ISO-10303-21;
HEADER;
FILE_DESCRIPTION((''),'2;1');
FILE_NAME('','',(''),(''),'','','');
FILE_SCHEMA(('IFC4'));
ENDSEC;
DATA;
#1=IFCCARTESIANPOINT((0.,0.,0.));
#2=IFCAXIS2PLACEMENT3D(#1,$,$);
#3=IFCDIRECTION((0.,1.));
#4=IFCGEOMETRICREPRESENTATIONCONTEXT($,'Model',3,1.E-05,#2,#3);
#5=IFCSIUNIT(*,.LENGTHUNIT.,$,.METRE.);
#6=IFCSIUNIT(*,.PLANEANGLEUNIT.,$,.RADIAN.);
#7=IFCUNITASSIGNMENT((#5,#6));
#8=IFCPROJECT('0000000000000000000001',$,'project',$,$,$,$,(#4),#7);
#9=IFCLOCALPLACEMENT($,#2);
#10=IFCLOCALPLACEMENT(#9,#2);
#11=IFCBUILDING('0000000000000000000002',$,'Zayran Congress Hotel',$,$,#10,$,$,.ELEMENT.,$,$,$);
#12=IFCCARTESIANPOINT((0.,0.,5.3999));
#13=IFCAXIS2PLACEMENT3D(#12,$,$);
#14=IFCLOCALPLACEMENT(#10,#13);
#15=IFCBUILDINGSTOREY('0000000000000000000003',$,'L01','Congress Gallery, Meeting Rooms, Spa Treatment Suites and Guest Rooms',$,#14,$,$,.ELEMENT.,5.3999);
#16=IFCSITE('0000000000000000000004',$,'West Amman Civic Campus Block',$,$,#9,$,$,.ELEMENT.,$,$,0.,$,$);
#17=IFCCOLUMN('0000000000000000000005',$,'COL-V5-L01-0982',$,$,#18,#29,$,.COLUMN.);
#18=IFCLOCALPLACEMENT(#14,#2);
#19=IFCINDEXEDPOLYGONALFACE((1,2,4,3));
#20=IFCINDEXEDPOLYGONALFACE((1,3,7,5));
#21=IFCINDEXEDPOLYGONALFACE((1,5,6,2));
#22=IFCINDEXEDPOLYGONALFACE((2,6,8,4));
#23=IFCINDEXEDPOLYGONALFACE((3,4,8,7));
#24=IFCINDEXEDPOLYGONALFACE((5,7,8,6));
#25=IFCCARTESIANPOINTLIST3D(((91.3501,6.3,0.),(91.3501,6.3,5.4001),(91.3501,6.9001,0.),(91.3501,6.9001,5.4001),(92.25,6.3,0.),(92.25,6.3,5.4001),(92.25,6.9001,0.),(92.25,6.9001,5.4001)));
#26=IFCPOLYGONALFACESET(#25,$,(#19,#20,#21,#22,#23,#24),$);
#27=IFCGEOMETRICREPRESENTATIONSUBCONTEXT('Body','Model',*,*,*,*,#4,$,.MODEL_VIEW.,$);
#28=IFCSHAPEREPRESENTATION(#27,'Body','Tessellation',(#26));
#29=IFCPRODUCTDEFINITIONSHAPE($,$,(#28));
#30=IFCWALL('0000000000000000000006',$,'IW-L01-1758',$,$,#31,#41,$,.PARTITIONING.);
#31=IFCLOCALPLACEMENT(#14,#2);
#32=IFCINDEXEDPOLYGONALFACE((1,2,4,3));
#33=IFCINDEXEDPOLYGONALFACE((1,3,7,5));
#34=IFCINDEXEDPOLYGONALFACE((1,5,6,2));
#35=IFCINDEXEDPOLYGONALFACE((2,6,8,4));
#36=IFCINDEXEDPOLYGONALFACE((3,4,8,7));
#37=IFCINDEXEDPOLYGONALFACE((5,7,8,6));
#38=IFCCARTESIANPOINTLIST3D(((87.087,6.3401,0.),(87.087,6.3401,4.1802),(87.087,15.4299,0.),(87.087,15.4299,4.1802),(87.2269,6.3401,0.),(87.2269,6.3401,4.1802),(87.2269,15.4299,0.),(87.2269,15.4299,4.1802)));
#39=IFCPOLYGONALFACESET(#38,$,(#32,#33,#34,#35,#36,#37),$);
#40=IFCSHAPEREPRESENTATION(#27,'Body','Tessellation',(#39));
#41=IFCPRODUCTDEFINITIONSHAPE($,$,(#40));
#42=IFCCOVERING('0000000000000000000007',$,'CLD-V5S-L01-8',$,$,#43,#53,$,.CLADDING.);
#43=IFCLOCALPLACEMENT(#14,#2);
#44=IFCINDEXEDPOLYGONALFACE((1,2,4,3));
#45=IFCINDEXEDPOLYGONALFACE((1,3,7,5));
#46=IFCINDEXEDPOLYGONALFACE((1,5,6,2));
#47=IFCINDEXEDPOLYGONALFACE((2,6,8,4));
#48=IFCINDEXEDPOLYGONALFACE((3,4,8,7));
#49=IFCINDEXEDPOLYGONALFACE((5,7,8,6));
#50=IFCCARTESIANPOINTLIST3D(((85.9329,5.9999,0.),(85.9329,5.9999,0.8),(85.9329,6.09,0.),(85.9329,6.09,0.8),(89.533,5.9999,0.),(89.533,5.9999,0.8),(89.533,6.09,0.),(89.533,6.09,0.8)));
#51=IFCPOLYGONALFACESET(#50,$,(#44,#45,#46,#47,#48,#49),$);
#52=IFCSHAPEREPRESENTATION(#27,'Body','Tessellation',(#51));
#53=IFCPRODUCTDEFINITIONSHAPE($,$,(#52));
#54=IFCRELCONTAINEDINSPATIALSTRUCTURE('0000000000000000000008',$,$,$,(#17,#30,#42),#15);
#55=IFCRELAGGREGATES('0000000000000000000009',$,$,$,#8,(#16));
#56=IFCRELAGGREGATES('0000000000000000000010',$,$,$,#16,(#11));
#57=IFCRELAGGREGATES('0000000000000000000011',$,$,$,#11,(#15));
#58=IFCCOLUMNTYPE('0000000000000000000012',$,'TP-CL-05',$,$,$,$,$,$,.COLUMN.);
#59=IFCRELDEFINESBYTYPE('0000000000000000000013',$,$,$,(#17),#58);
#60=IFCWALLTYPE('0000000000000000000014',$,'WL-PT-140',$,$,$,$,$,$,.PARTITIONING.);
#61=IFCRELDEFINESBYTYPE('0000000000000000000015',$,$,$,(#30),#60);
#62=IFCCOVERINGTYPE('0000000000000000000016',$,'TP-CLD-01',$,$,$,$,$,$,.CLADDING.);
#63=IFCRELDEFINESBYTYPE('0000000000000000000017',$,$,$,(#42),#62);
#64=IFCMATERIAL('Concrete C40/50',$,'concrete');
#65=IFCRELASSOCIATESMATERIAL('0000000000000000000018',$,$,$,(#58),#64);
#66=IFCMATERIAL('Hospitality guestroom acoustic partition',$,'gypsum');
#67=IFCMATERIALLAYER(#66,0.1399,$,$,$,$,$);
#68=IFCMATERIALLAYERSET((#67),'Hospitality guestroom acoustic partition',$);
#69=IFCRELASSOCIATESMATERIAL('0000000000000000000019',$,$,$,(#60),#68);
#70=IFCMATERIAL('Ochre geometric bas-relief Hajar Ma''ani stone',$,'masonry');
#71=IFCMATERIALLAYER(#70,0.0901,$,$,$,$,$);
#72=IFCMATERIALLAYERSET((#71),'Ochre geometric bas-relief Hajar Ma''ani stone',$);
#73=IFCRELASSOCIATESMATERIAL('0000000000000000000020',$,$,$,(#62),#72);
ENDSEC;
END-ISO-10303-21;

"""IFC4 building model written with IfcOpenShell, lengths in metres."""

from ifc_helpers import new_model, si_unit, direction, frame, frame_2d, origin, origin_2d, place, context, subcontext, project, spatial, rectangle, extrude, material, layer, layer_set, material_profile, profile_set, type_object, element, save


model = new_model("IFC4")

# Units and contexts
model_context = context("Model", 3, precision=1e-05, world=origin(), true_north=direction((0.0, 1.0)))
body_context = subcontext(model_context, "Body", "Model", "MODEL_VIEW")
ifc_project = project(units=[si_unit("LENGTHUNIT", "METRE"), si_unit("PLANEANGLEUNIT", "RADIAN")], contexts=[model_context])

# Site, building, storey
site_placement = place(None, origin())
site = spatial("IfcSite", under=ifc_project, at=site_placement, Name="West Amman Civic Campus Block", CompositionType="ELEMENT", RefElevation=0.0)
building_placement = place(site_placement, origin())
building = spatial("IfcBuilding", under=site, at=building_placement, Name="Zayran Congress Hotel", CompositionType="ELEMENT")
storey_placement = place(building_placement, frame((0.0, 0.0, 5.3999)))
storey = spatial("IfcBuildingStorey", under=building, at=storey_placement, Name="L01", Description="Congress Gallery, Meeting Rooms, Spa Treatment Suites and Guest Rooms", CompositionType="ELEMENT", Elevation=5.3999)

# Column
ifc_material_1 = material(Name="Concrete C40/50", Category="concrete")
ifc_material_profile = material_profile(ifc_material_1, rectangle(XDim=0.6001, YDim=0.8999, at=origin_2d()), Name="RC 900x600")
ifc_profile_set = profile_set([ifc_material_profile], Name="Concrete C40/50")
column_type = type_object("IfcColumnType", Name="TP-CL-05", PredefinedType="COLUMN", material=ifc_profile_set)
column_placement = place(storey_placement, frame((91.8, 6.6001, 0.0), z_axis=(0.0, 0.0, 1.0), x_axis=(0.0, 1.0, 0.0)))
element("IfcColumn", 1, at=column_placement, inside=storey, type_object=column_type, Name="COL-V5-L01-0982", PredefinedType="COLUMN", context=body_context, shape_type="SweptSolid", body=[
    extrude(rectangle(XDim=0.6001, YDim=0.8999, at=origin_2d()), origin(), (0.0, 0.0, 1.0), 5.4001),
])

# Wall
ifc_material_2 = material(Name="Hospitality guestroom acoustic partition", Category="gypsum")
ifc_layer_1 = layer(ifc_material_2, 0.1399)
ifc_layer_set_1 = layer_set([ifc_layer_1], Name="Hospitality guestroom acoustic partition")
wall_type = type_object("IfcWallType", Name="WL-PT-140", PredefinedType="PARTITIONING", material=ifc_layer_set_1)
wall_placement = place(storey_placement, frame((87.157, 6.3401, 0.0), z_axis=(0.0, 0.0, 1.0), x_axis=(0.0, 1.0, 0.0)))
element("IfcWall", 2, at=wall_placement, inside=storey, type_object=wall_type, Name="IW-L01-1758", PredefinedType="PARTITIONING", context=body_context, shape_type="SweptSolid", body=[
    extrude(rectangle(XDim=9.0898, YDim=0.1399, at=frame_2d((4.5449, 0.0))), origin(), (0.0, 0.0, 1.0), 4.1802),
])

# Covering
ifc_material_3 = material(Name="Ochre geometric bas-relief Hajar Ma'ani stone", Category="masonry")
ifc_layer_2 = layer(ifc_material_3, 0.0901)
ifc_layer_set_2 = layer_set([ifc_layer_2], Name="Ochre geometric bas-relief Hajar Ma'ani stone")
covering_type = type_object("IfcCoveringType", Name="TP-CLD-01", PredefinedType="CLADDING", material=ifc_layer_set_2)
covering_placement = place(storey_placement, frame((87.7329, 6.0449, 0.0), z_axis=(0.0, 0.0, 1.0), x_axis=(1.0, 0.0, 0.0)))
element("IfcCovering", 3, at=covering_placement, inside=storey, type_object=covering_type, Name="CLD-V5S-L01-8", PredefinedType="CLADDING", context=body_context, shape_type="SweptSolid", body=[
    extrude(rectangle(XDim=3.6001, YDim=0.0901, at=origin_2d()), origin(), (0.0, 0.0, 1.0), 0.8),
])

save(model, "model.ifc")
